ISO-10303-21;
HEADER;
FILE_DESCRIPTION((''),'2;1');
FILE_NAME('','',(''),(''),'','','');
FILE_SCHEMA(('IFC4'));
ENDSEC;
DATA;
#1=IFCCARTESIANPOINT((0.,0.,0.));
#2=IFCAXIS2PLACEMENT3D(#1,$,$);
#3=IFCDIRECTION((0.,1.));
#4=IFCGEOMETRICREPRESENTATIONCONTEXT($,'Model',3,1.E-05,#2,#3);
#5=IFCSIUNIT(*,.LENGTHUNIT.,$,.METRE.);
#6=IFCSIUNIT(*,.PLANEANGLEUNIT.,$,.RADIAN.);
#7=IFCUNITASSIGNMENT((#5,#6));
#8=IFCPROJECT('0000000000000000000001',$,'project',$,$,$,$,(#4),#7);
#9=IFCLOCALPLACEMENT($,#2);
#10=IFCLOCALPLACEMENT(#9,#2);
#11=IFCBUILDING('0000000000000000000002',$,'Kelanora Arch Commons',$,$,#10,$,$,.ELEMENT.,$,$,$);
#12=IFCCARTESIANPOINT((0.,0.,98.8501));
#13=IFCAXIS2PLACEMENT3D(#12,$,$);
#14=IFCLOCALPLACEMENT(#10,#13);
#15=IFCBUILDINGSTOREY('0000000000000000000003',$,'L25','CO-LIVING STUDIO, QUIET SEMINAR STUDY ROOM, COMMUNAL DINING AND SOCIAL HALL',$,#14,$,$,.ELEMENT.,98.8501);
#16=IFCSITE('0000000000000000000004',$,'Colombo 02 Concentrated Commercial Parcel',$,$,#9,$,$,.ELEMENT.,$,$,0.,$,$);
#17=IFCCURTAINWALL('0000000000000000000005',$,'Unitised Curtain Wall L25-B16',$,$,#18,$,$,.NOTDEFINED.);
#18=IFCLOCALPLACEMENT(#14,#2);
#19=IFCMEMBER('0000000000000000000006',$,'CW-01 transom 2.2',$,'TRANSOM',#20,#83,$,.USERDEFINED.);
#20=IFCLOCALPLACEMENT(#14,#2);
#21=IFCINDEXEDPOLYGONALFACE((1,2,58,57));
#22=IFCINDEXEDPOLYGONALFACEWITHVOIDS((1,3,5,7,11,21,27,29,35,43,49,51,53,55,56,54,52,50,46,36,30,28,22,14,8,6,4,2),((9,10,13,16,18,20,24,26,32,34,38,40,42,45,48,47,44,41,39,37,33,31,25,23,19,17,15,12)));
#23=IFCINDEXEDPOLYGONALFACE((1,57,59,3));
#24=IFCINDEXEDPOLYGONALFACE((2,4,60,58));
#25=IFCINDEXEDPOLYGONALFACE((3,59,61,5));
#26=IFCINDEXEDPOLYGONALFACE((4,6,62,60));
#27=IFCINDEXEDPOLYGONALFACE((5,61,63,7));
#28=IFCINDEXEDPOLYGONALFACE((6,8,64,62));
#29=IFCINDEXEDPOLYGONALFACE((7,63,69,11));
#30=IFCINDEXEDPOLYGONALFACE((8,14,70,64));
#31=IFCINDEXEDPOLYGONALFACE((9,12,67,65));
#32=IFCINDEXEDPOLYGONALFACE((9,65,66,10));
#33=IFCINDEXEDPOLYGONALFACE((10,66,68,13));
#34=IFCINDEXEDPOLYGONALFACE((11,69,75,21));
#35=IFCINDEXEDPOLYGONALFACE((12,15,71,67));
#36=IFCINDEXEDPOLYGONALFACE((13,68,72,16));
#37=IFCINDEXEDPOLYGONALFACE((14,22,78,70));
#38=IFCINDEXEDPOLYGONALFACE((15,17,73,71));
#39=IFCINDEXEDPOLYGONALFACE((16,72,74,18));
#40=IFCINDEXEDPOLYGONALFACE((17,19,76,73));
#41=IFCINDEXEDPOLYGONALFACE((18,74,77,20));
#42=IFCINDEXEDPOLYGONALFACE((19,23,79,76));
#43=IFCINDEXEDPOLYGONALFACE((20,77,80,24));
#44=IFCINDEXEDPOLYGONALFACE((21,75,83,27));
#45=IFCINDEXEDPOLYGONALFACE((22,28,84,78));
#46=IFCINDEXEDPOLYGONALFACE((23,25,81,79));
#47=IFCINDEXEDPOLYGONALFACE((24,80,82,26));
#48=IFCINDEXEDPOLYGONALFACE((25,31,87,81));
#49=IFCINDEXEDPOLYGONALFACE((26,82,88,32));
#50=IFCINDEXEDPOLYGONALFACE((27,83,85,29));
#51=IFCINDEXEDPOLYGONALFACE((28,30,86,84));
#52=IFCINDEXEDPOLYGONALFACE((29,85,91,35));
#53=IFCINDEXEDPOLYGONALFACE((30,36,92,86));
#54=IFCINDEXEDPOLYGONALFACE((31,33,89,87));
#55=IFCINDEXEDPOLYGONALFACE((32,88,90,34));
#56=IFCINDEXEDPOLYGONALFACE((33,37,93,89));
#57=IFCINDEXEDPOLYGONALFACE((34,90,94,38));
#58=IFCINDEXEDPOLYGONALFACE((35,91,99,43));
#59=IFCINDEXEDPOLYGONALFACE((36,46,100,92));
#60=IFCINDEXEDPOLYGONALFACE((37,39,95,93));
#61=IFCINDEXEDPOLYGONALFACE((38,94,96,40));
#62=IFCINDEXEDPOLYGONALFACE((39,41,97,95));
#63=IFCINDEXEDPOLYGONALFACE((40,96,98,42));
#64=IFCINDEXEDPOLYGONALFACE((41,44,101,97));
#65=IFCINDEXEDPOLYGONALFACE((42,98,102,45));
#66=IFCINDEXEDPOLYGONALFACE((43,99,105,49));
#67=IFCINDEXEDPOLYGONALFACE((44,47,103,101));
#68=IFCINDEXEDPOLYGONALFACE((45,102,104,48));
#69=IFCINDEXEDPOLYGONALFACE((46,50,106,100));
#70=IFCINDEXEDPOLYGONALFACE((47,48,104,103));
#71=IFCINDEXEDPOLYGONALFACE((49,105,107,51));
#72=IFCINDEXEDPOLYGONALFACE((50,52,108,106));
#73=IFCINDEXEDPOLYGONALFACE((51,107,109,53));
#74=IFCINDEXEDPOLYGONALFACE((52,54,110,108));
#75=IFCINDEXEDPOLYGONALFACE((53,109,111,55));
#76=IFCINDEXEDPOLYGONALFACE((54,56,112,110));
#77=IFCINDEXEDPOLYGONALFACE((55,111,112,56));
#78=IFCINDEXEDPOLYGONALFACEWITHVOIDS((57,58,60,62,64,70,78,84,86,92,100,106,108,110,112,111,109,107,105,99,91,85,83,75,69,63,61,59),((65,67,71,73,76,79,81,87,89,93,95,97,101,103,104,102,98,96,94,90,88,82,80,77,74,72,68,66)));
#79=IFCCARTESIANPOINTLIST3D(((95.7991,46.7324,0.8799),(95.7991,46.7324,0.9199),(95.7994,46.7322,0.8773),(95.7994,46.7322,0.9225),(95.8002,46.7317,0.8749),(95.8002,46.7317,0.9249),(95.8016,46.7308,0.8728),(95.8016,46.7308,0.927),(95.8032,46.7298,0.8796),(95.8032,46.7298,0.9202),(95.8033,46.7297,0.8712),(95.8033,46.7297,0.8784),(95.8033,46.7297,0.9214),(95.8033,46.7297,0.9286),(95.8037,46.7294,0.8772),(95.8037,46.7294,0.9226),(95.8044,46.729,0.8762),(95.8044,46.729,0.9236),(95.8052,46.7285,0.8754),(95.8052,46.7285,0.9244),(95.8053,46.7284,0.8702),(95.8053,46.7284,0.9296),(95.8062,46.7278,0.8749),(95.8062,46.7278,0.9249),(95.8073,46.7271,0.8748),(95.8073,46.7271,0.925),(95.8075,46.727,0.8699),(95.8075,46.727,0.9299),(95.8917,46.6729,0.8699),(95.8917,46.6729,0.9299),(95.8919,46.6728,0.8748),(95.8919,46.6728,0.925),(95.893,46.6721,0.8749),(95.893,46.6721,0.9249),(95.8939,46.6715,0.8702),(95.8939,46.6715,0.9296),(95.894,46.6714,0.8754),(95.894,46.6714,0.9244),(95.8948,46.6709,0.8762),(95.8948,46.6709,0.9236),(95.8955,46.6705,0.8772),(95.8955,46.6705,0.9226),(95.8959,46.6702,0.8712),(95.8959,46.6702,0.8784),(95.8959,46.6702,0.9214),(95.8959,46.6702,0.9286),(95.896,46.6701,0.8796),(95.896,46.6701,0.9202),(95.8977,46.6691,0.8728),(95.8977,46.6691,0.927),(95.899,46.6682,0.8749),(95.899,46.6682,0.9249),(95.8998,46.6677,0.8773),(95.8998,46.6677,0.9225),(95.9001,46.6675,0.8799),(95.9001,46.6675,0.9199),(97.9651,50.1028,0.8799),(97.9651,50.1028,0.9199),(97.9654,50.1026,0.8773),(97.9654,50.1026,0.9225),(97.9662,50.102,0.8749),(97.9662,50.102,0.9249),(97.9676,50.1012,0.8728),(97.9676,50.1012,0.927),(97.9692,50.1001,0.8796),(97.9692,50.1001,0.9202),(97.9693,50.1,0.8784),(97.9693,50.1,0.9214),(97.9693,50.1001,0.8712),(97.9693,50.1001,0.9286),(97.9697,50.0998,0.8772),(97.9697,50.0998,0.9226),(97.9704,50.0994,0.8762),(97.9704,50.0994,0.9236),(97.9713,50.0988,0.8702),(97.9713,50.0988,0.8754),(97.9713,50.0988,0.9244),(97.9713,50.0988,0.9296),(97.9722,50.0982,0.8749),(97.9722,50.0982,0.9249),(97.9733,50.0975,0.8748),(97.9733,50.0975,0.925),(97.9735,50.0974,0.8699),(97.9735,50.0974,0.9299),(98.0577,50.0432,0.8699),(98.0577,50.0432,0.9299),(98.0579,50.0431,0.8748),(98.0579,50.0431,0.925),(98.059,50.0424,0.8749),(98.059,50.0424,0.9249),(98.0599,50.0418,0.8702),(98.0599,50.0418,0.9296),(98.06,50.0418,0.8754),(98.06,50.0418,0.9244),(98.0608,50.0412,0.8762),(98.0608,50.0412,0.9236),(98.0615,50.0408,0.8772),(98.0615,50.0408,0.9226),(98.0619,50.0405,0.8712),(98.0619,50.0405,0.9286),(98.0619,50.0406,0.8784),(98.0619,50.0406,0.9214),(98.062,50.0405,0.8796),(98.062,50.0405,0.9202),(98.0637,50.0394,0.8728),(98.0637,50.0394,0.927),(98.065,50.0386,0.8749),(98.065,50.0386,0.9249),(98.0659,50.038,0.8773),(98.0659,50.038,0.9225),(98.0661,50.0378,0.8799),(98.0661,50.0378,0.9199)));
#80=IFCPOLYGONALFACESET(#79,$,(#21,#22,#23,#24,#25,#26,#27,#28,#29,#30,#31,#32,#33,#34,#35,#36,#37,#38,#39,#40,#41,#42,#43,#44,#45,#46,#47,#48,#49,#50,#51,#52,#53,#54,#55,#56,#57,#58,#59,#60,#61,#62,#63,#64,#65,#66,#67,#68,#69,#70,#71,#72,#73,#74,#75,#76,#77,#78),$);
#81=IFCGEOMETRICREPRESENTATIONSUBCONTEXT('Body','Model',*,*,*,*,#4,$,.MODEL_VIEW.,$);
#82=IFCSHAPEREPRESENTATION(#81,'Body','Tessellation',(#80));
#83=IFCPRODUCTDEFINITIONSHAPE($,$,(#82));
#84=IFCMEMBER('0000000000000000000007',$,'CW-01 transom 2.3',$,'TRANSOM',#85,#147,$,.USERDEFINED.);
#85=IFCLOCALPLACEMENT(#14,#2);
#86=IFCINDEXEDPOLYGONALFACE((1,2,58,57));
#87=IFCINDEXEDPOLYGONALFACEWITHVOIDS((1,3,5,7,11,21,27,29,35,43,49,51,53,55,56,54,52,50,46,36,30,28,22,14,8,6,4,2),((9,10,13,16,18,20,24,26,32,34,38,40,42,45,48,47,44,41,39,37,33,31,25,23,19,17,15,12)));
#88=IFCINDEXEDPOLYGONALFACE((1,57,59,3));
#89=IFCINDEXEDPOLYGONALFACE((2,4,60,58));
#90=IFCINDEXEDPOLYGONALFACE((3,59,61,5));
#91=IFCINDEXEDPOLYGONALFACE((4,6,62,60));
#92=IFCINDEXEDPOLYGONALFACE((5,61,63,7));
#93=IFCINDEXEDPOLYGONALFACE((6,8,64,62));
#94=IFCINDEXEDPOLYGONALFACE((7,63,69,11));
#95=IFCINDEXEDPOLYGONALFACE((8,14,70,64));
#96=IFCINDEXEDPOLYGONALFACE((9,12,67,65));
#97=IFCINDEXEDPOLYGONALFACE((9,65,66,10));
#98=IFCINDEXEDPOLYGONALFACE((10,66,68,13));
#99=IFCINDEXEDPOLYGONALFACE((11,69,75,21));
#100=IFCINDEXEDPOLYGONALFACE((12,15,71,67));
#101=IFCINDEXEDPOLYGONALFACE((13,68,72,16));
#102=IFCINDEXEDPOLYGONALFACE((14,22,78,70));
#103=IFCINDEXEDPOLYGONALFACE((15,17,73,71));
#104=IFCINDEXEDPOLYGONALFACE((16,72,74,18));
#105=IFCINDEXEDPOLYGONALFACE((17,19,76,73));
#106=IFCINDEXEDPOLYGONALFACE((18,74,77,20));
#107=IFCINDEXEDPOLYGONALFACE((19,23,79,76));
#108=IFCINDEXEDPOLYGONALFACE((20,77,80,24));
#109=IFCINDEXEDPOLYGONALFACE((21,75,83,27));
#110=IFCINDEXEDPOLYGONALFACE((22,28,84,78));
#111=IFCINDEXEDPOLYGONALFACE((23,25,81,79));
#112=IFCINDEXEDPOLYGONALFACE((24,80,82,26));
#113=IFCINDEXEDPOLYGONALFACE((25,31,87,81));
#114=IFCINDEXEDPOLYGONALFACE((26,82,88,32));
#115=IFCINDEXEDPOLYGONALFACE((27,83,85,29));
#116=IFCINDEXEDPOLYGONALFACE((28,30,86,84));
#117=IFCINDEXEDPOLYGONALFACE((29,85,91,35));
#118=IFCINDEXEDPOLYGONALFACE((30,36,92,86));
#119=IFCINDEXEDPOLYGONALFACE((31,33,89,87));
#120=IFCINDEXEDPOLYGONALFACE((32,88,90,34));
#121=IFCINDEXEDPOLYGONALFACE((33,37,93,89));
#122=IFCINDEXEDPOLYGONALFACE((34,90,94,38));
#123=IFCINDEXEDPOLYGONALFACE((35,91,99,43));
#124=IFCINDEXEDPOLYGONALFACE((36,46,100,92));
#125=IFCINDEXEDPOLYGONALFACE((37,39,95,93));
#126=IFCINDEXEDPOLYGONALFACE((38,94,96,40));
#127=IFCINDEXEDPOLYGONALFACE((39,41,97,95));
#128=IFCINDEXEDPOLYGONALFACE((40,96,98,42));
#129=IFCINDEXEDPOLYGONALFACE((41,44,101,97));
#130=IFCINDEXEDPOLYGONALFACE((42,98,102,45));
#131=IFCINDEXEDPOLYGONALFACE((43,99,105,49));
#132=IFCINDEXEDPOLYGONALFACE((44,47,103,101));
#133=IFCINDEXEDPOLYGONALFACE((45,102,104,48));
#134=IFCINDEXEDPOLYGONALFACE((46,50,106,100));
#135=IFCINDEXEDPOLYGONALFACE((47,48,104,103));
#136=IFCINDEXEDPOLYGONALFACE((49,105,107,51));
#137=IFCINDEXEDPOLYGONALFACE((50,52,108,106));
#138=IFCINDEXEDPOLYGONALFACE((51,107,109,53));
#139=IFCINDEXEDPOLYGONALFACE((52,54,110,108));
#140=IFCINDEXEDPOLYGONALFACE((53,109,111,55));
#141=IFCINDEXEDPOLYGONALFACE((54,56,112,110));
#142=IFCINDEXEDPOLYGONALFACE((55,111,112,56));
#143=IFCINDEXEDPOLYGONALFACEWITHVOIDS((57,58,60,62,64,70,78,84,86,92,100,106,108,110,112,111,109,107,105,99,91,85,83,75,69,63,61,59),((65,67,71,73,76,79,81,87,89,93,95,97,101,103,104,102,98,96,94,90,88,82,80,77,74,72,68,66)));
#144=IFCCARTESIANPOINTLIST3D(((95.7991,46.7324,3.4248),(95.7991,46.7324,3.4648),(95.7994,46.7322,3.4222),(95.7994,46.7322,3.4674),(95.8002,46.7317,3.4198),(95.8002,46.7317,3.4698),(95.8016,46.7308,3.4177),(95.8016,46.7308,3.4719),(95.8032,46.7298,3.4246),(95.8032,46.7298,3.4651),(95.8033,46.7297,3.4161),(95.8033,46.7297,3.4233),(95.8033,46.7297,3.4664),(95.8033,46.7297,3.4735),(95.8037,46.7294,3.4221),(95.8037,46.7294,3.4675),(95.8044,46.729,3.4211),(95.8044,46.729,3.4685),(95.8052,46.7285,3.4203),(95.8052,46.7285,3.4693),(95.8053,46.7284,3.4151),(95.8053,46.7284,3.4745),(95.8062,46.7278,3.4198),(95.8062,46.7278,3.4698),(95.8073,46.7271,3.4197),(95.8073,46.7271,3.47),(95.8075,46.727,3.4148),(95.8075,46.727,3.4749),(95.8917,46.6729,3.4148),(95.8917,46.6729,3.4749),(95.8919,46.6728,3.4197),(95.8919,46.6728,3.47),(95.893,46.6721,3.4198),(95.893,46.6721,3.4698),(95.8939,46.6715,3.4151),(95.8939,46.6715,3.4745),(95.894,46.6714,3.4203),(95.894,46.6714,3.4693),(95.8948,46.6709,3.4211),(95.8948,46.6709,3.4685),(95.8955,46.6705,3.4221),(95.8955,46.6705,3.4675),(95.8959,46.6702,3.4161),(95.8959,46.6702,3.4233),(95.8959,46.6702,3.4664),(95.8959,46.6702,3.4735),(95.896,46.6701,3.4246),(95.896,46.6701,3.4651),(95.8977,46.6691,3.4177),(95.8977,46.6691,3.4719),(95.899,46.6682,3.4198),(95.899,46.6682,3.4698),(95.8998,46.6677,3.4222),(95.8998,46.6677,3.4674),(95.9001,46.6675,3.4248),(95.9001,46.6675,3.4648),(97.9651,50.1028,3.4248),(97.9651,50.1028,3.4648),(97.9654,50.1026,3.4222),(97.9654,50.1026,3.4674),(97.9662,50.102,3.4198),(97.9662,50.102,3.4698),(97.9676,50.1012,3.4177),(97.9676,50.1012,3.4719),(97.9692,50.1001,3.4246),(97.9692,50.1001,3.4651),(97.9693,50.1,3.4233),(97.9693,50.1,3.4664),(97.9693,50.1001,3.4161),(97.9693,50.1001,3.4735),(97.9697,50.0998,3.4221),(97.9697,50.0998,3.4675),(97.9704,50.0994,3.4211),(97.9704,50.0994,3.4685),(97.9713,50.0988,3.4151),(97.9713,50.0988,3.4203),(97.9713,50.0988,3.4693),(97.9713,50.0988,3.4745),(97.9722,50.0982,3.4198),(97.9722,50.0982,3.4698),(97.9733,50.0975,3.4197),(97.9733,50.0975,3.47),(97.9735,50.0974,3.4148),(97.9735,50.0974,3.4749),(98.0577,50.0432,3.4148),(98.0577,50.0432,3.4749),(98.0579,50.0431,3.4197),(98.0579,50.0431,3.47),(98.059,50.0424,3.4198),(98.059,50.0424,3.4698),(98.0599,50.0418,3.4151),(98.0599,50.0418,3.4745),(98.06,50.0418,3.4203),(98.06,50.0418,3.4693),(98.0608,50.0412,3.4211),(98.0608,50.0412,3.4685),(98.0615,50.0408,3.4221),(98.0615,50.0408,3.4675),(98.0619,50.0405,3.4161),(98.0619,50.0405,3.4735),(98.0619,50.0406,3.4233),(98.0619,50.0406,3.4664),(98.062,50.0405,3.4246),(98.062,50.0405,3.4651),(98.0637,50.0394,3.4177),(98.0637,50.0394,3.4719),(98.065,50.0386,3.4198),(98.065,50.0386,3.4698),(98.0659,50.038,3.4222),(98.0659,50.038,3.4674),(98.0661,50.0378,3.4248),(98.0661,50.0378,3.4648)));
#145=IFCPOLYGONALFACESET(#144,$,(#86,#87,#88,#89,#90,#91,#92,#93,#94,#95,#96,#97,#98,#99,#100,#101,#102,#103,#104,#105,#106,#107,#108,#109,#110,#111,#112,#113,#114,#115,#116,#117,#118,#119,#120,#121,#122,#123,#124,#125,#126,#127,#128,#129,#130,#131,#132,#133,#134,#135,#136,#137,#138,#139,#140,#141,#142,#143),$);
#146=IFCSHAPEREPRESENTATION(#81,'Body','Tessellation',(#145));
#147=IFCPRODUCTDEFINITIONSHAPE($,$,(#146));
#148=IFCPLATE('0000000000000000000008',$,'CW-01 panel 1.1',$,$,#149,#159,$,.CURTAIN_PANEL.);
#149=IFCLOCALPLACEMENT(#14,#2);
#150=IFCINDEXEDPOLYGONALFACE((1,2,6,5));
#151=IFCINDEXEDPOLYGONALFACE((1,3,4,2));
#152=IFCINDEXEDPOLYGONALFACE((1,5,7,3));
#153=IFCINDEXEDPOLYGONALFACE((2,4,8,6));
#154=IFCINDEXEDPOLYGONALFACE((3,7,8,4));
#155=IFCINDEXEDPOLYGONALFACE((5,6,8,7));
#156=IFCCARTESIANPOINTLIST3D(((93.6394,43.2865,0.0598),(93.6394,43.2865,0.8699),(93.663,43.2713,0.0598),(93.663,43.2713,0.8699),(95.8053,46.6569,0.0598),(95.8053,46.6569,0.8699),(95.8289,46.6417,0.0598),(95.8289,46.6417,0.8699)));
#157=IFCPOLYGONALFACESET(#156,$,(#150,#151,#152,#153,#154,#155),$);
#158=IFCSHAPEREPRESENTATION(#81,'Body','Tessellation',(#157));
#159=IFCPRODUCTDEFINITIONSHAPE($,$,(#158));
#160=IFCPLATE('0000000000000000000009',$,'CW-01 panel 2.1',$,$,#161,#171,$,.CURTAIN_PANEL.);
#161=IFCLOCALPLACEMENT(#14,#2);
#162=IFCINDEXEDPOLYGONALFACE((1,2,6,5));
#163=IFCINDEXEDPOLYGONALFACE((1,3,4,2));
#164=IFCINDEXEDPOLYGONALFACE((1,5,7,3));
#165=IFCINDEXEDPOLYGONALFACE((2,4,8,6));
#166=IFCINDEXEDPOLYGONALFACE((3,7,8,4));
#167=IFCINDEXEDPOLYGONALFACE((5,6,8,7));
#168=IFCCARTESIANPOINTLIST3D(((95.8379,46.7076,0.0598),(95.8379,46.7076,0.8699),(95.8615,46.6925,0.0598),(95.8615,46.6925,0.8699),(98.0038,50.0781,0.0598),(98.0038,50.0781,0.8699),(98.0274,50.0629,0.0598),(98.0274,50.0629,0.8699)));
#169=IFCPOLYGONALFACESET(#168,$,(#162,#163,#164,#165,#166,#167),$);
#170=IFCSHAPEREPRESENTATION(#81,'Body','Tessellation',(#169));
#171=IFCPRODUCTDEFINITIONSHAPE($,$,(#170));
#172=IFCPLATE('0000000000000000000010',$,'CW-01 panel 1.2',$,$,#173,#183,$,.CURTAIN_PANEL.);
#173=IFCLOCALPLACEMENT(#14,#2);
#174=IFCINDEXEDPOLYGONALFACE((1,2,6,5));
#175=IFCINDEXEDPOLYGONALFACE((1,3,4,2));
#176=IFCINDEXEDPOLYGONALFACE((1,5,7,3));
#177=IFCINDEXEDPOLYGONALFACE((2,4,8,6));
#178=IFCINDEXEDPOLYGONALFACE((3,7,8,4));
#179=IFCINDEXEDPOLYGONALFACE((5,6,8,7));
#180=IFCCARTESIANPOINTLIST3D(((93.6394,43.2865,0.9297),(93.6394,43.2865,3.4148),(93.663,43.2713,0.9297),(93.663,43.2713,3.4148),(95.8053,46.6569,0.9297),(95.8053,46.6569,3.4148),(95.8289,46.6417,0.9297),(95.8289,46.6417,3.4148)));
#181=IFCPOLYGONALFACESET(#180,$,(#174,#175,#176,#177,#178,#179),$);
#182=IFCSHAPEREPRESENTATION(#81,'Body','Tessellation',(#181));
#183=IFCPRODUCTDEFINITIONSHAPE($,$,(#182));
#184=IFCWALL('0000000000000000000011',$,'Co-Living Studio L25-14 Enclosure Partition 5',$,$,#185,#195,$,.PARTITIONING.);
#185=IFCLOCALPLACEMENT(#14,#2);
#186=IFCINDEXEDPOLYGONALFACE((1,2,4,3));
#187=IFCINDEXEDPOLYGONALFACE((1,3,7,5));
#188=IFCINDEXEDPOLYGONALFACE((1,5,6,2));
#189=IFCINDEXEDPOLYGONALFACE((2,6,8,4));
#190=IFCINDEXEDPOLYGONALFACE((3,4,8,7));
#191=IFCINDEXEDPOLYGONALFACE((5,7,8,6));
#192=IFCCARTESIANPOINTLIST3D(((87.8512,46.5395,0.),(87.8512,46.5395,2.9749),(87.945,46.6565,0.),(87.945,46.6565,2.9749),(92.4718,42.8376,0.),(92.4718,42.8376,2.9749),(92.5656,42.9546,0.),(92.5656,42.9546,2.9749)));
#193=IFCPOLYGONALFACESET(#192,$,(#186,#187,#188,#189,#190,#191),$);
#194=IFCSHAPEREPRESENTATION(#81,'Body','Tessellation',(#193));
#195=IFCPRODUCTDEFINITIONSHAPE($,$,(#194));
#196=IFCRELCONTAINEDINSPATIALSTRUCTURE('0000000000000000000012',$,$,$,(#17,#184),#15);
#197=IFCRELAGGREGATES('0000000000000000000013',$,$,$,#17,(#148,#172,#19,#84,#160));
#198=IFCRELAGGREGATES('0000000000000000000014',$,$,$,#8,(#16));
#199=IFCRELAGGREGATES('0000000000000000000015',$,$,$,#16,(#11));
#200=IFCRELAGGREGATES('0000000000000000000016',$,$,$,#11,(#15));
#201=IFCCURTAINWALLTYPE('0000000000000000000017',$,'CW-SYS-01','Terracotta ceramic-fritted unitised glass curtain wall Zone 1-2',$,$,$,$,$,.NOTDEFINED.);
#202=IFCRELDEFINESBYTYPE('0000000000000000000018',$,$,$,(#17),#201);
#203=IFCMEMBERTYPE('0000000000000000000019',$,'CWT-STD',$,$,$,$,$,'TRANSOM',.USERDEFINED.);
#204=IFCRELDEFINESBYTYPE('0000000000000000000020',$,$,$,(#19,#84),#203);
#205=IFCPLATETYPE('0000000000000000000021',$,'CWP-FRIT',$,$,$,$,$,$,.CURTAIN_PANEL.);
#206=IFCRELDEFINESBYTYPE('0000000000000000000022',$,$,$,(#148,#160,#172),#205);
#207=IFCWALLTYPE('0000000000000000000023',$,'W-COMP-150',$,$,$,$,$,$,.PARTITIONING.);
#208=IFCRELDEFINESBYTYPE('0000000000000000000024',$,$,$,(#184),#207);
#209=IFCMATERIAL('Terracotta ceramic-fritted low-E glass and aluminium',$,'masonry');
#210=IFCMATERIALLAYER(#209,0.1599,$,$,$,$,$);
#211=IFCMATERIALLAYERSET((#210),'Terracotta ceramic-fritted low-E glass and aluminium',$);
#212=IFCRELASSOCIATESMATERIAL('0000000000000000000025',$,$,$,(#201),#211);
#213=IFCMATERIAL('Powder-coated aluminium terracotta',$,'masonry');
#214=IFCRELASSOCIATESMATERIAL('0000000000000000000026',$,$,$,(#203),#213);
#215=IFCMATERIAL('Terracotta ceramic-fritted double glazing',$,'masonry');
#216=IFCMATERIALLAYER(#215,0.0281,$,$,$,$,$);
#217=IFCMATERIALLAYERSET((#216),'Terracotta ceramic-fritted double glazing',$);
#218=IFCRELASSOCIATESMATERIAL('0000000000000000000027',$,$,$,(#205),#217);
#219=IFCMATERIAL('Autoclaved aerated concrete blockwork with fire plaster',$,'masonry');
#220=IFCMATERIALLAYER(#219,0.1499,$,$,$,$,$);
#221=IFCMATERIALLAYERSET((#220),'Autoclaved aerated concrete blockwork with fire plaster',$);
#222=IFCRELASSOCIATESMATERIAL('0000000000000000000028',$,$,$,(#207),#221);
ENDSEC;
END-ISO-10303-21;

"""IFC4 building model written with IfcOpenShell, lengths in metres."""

from ifc_helpers import new_model, si_unit, direction, frame, frame_2d, origin, origin_2d, place, context, subcontext, project, spatial, rectangle, hollow_rectangle, extrude, source, transform, mapped, material, layer, layer_set, material_profile, profile_set, type_object, element, aggregate, save


model = new_model("IFC4")

# Units and contexts
model_context = context("Model", 3, precision=1e-05, world=origin(), true_north=direction((0.0, 1.0)))
body_context = subcontext(model_context, "Body", "Model", "MODEL_VIEW")
ifc_project = project(units=[si_unit("LENGTHUNIT", "METRE"), si_unit("PLANEANGLEUNIT", "RADIAN")], contexts=[model_context])

# Site, building, storey
site_placement = place(None, origin())
site = spatial("IfcSite", under=ifc_project, at=site_placement, Name="Colombo 02 Concentrated Commercial Parcel", CompositionType="ELEMENT", RefElevation=0.0)
building_placement = place(site_placement, origin())
building = spatial("IfcBuilding", under=site, at=building_placement, Name="Kelanora Arch Commons", CompositionType="ELEMENT")
storey_placement = place(building_placement, frame((0.0, 0.0, 98.8501)))
storey = spatial("IfcBuildingStorey", under=building, at=storey_placement, Name="L25", Description="CO-LIVING STUDIO, QUIET SEMINAR STUDY ROOM, COMMUNAL DINING AND SOCIAL HALL", CompositionType="ELEMENT", Elevation=98.8501)

# Shared definitions
ifc_material_1 = material(Name="Terracotta ceramic-fritted low-E glass and aluminium", Category="masonry")
ifc_layer_1 = layer(ifc_material_1, 0.1599)
ifc_layer_set_1 = layer_set([ifc_layer_1], Name="Terracotta ceramic-fritted low-E glass and aluminium")
curtain_wall_type = type_object("IfcCurtainWallType", Name="CW-SYS-01", Description="Terracotta ceramic-fritted unitised glass curtain wall Zone 1-2", PredefinedType="NOTDEFINED", material=ifc_layer_set_1)
ifc_material_2 = material(Name="Powder-coated aluminium terracotta", Category="masonry")

# Curtain wall, members, plates
curtain_wall_1_placement = place(storey_placement, origin())
curtain_wall_1 = element("IfcCurtainWall", 1, at=curtain_wall_1_placement, inside=storey, type_object=curtain_wall_type, Name="Unitised Curtain Wall L25-B16", PredefinedType="NOTDEFINED")
ifc_material_profile_1 = material_profile(ifc_material_2, hollow_rectangle(XDim=0.1201, YDim=0.0601, WallThickness=0.0049, InnerFilletRadius=0.0049, OuterFilletRadius=0.01, at=origin_2d()), Name="CWT120x60")
ifc_profile_set_1 = profile_set([ifc_material_profile_1], Name="Powder-coated aluminium terracotta")
member_type_1 = type_object("IfcMemberType", Name="CWT-STD", ElementType="TRANSOM", PredefinedType="USERDEFINED", material=ifc_profile_set_1)
member_1_placement = place(storey_placement, frame((95.8496, 46.7, 0.8999), z_axis=(0.540644, 0.841252, 0.0), x_axis=(-0.841252, 0.540644, 0.0)))
member_1 = element("IfcMember", 2, at=member_1_placement, type_object=member_type_1, Name="CW-01 transom 2.2", ObjectType="TRANSOM", PredefinedType="USERDEFINED", context=body_context, shape_type="SweptSolid", body=[
    extrude(hollow_rectangle(XDim=0.1201, YDim=0.0601, WallThickness=0.0049, InnerFilletRadius=0.0049, OuterFilletRadius=0.01, at=origin_2d()), origin(), (0.0, 0.0, 1.0), 4.0063),
])
member_2_placement = place(storey_placement, frame((95.8496, 46.7, 3.4448), z_axis=(0.540644, 0.841252, 0.0), x_axis=(-0.841252, 0.540644, 0.0)))
member_2 = element("IfcMember", 3, at=member_2_placement, type_object=member_type_1, Name="CW-01 transom 2.3", ObjectType="TRANSOM", PredefinedType="USERDEFINED", context=body_context, shape_type="SweptSolid", body=[
    extrude(hollow_rectangle(XDim=0.1201, YDim=0.0601, WallThickness=0.0049, InnerFilletRadius=0.0049, OuterFilletRadius=0.01, at=origin_2d()), origin(), (0.0, 0.0, 1.0), 4.0063),
])
ifc_material_3 = material(Name="Terracotta ceramic-fritted double glazing", Category="masonry")
ifc_layer_2 = layer(ifc_material_3, 0.0281)
ifc_layer_set_2 = layer_set([ifc_layer_2], Name="Terracotta ceramic-fritted double glazing")
plate_type = type_object("IfcPlateType", Name="CWP-FRIT", PredefinedType="CURTAIN_PANEL", material=ifc_layer_set_2)
shared_shape_1 = source(origin(), body_context, "Body", "SweptSolid", [
    extrude(rectangle(XDim=4.0063, YDim=0.0281, at=origin_2d()), origin(), (0.0, 0.0, 1.0), 0.8101),
])
plate_1_placement = place(storey_placement, frame((94.7341, 44.9641, 0.0598), z_axis=(0.0, 0.0, 1.0), x_axis=(0.540617, 0.841269, 0.0)))
plate_1 = element("IfcPlate", 4, at=plate_1_placement, type_object=plate_type, Name="CW-01 panel 1.1", PredefinedType="CURTAIN_PANEL", context=body_context, shape_type="MappedRepresentation", body=[
    mapped(shared_shape_1, transform((0.0, 0.0, 0.0), scale=1.0)),
])
plate_2_placement = place(storey_placement, frame((96.9326, 48.3853, 0.0598), z_axis=(0.0, 0.0, 1.0), x_axis=(0.540617, 0.841269, 0.0)))
plate_2 = element("IfcPlate", 5, at=plate_2_placement, type_object=plate_type, Name="CW-01 panel 2.1", PredefinedType="CURTAIN_PANEL", context=body_context, shape_type="MappedRepresentation", body=[
    mapped(shared_shape_1, transform((0.0, 0.0, 0.0), scale=1.0)),
])
shared_shape_2 = source(origin(), body_context, "Body", "SweptSolid", [
    extrude(rectangle(XDim=4.0063, YDim=0.0281, at=origin_2d()), origin(), (0.0, 0.0, 1.0), 2.4851),
])
plate_3_placement = place(storey_placement, frame((94.7341, 44.9641, 0.9297), z_axis=(0.0, 0.0, 1.0), x_axis=(0.540617, 0.841269, 0.0)))
plate_3 = element("IfcPlate", 6, at=plate_3_placement, type_object=plate_type, Name="CW-01 panel 1.2", PredefinedType="CURTAIN_PANEL", context=body_context, shape_type="MappedRepresentation", body=[
    mapped(shared_shape_2, transform((0.0, 0.0, 0.0), scale=1.0)),
])
aggregate(curtain_wall_1, [plate_1, plate_3, member_1, member_2, plate_2])

# Wall
ifc_material_4 = material(Name="Autoclaved aerated concrete blockwork with fire plaster", Category="masonry")
ifc_layer_3 = layer(ifc_material_4, 0.1499)
ifc_layer_set_3 = layer_set([ifc_layer_3], Name="Autoclaved aerated concrete blockwork with fire plaster")
wall_type_1 = type_object("IfcWallType", Name="W-COMP-150", PredefinedType="PARTITIONING", material=ifc_layer_set_3)
wall_1_placement = place(storey_placement, frame((92.5188, 42.896, 0.0), z_axis=(0.0, 0.0, 1.0), x_axis=(-0.780422, 0.625253, 0.0)))
element("IfcWall", 7, at=wall_1_placement, inside=storey, type_object=wall_type_1, Name="Co-Living Studio L25-14 Enclosure Partition 5", PredefinedType="PARTITIONING", context=body_context, shape_type="SweptSolid", body=[
    extrude(rectangle(XDim=5.9207, YDim=0.1499, at=frame_2d((2.9604, 0.0))), origin(), (0.0, 0.0, 1.0), 2.9749),
])

save(model, "model.ifc")
